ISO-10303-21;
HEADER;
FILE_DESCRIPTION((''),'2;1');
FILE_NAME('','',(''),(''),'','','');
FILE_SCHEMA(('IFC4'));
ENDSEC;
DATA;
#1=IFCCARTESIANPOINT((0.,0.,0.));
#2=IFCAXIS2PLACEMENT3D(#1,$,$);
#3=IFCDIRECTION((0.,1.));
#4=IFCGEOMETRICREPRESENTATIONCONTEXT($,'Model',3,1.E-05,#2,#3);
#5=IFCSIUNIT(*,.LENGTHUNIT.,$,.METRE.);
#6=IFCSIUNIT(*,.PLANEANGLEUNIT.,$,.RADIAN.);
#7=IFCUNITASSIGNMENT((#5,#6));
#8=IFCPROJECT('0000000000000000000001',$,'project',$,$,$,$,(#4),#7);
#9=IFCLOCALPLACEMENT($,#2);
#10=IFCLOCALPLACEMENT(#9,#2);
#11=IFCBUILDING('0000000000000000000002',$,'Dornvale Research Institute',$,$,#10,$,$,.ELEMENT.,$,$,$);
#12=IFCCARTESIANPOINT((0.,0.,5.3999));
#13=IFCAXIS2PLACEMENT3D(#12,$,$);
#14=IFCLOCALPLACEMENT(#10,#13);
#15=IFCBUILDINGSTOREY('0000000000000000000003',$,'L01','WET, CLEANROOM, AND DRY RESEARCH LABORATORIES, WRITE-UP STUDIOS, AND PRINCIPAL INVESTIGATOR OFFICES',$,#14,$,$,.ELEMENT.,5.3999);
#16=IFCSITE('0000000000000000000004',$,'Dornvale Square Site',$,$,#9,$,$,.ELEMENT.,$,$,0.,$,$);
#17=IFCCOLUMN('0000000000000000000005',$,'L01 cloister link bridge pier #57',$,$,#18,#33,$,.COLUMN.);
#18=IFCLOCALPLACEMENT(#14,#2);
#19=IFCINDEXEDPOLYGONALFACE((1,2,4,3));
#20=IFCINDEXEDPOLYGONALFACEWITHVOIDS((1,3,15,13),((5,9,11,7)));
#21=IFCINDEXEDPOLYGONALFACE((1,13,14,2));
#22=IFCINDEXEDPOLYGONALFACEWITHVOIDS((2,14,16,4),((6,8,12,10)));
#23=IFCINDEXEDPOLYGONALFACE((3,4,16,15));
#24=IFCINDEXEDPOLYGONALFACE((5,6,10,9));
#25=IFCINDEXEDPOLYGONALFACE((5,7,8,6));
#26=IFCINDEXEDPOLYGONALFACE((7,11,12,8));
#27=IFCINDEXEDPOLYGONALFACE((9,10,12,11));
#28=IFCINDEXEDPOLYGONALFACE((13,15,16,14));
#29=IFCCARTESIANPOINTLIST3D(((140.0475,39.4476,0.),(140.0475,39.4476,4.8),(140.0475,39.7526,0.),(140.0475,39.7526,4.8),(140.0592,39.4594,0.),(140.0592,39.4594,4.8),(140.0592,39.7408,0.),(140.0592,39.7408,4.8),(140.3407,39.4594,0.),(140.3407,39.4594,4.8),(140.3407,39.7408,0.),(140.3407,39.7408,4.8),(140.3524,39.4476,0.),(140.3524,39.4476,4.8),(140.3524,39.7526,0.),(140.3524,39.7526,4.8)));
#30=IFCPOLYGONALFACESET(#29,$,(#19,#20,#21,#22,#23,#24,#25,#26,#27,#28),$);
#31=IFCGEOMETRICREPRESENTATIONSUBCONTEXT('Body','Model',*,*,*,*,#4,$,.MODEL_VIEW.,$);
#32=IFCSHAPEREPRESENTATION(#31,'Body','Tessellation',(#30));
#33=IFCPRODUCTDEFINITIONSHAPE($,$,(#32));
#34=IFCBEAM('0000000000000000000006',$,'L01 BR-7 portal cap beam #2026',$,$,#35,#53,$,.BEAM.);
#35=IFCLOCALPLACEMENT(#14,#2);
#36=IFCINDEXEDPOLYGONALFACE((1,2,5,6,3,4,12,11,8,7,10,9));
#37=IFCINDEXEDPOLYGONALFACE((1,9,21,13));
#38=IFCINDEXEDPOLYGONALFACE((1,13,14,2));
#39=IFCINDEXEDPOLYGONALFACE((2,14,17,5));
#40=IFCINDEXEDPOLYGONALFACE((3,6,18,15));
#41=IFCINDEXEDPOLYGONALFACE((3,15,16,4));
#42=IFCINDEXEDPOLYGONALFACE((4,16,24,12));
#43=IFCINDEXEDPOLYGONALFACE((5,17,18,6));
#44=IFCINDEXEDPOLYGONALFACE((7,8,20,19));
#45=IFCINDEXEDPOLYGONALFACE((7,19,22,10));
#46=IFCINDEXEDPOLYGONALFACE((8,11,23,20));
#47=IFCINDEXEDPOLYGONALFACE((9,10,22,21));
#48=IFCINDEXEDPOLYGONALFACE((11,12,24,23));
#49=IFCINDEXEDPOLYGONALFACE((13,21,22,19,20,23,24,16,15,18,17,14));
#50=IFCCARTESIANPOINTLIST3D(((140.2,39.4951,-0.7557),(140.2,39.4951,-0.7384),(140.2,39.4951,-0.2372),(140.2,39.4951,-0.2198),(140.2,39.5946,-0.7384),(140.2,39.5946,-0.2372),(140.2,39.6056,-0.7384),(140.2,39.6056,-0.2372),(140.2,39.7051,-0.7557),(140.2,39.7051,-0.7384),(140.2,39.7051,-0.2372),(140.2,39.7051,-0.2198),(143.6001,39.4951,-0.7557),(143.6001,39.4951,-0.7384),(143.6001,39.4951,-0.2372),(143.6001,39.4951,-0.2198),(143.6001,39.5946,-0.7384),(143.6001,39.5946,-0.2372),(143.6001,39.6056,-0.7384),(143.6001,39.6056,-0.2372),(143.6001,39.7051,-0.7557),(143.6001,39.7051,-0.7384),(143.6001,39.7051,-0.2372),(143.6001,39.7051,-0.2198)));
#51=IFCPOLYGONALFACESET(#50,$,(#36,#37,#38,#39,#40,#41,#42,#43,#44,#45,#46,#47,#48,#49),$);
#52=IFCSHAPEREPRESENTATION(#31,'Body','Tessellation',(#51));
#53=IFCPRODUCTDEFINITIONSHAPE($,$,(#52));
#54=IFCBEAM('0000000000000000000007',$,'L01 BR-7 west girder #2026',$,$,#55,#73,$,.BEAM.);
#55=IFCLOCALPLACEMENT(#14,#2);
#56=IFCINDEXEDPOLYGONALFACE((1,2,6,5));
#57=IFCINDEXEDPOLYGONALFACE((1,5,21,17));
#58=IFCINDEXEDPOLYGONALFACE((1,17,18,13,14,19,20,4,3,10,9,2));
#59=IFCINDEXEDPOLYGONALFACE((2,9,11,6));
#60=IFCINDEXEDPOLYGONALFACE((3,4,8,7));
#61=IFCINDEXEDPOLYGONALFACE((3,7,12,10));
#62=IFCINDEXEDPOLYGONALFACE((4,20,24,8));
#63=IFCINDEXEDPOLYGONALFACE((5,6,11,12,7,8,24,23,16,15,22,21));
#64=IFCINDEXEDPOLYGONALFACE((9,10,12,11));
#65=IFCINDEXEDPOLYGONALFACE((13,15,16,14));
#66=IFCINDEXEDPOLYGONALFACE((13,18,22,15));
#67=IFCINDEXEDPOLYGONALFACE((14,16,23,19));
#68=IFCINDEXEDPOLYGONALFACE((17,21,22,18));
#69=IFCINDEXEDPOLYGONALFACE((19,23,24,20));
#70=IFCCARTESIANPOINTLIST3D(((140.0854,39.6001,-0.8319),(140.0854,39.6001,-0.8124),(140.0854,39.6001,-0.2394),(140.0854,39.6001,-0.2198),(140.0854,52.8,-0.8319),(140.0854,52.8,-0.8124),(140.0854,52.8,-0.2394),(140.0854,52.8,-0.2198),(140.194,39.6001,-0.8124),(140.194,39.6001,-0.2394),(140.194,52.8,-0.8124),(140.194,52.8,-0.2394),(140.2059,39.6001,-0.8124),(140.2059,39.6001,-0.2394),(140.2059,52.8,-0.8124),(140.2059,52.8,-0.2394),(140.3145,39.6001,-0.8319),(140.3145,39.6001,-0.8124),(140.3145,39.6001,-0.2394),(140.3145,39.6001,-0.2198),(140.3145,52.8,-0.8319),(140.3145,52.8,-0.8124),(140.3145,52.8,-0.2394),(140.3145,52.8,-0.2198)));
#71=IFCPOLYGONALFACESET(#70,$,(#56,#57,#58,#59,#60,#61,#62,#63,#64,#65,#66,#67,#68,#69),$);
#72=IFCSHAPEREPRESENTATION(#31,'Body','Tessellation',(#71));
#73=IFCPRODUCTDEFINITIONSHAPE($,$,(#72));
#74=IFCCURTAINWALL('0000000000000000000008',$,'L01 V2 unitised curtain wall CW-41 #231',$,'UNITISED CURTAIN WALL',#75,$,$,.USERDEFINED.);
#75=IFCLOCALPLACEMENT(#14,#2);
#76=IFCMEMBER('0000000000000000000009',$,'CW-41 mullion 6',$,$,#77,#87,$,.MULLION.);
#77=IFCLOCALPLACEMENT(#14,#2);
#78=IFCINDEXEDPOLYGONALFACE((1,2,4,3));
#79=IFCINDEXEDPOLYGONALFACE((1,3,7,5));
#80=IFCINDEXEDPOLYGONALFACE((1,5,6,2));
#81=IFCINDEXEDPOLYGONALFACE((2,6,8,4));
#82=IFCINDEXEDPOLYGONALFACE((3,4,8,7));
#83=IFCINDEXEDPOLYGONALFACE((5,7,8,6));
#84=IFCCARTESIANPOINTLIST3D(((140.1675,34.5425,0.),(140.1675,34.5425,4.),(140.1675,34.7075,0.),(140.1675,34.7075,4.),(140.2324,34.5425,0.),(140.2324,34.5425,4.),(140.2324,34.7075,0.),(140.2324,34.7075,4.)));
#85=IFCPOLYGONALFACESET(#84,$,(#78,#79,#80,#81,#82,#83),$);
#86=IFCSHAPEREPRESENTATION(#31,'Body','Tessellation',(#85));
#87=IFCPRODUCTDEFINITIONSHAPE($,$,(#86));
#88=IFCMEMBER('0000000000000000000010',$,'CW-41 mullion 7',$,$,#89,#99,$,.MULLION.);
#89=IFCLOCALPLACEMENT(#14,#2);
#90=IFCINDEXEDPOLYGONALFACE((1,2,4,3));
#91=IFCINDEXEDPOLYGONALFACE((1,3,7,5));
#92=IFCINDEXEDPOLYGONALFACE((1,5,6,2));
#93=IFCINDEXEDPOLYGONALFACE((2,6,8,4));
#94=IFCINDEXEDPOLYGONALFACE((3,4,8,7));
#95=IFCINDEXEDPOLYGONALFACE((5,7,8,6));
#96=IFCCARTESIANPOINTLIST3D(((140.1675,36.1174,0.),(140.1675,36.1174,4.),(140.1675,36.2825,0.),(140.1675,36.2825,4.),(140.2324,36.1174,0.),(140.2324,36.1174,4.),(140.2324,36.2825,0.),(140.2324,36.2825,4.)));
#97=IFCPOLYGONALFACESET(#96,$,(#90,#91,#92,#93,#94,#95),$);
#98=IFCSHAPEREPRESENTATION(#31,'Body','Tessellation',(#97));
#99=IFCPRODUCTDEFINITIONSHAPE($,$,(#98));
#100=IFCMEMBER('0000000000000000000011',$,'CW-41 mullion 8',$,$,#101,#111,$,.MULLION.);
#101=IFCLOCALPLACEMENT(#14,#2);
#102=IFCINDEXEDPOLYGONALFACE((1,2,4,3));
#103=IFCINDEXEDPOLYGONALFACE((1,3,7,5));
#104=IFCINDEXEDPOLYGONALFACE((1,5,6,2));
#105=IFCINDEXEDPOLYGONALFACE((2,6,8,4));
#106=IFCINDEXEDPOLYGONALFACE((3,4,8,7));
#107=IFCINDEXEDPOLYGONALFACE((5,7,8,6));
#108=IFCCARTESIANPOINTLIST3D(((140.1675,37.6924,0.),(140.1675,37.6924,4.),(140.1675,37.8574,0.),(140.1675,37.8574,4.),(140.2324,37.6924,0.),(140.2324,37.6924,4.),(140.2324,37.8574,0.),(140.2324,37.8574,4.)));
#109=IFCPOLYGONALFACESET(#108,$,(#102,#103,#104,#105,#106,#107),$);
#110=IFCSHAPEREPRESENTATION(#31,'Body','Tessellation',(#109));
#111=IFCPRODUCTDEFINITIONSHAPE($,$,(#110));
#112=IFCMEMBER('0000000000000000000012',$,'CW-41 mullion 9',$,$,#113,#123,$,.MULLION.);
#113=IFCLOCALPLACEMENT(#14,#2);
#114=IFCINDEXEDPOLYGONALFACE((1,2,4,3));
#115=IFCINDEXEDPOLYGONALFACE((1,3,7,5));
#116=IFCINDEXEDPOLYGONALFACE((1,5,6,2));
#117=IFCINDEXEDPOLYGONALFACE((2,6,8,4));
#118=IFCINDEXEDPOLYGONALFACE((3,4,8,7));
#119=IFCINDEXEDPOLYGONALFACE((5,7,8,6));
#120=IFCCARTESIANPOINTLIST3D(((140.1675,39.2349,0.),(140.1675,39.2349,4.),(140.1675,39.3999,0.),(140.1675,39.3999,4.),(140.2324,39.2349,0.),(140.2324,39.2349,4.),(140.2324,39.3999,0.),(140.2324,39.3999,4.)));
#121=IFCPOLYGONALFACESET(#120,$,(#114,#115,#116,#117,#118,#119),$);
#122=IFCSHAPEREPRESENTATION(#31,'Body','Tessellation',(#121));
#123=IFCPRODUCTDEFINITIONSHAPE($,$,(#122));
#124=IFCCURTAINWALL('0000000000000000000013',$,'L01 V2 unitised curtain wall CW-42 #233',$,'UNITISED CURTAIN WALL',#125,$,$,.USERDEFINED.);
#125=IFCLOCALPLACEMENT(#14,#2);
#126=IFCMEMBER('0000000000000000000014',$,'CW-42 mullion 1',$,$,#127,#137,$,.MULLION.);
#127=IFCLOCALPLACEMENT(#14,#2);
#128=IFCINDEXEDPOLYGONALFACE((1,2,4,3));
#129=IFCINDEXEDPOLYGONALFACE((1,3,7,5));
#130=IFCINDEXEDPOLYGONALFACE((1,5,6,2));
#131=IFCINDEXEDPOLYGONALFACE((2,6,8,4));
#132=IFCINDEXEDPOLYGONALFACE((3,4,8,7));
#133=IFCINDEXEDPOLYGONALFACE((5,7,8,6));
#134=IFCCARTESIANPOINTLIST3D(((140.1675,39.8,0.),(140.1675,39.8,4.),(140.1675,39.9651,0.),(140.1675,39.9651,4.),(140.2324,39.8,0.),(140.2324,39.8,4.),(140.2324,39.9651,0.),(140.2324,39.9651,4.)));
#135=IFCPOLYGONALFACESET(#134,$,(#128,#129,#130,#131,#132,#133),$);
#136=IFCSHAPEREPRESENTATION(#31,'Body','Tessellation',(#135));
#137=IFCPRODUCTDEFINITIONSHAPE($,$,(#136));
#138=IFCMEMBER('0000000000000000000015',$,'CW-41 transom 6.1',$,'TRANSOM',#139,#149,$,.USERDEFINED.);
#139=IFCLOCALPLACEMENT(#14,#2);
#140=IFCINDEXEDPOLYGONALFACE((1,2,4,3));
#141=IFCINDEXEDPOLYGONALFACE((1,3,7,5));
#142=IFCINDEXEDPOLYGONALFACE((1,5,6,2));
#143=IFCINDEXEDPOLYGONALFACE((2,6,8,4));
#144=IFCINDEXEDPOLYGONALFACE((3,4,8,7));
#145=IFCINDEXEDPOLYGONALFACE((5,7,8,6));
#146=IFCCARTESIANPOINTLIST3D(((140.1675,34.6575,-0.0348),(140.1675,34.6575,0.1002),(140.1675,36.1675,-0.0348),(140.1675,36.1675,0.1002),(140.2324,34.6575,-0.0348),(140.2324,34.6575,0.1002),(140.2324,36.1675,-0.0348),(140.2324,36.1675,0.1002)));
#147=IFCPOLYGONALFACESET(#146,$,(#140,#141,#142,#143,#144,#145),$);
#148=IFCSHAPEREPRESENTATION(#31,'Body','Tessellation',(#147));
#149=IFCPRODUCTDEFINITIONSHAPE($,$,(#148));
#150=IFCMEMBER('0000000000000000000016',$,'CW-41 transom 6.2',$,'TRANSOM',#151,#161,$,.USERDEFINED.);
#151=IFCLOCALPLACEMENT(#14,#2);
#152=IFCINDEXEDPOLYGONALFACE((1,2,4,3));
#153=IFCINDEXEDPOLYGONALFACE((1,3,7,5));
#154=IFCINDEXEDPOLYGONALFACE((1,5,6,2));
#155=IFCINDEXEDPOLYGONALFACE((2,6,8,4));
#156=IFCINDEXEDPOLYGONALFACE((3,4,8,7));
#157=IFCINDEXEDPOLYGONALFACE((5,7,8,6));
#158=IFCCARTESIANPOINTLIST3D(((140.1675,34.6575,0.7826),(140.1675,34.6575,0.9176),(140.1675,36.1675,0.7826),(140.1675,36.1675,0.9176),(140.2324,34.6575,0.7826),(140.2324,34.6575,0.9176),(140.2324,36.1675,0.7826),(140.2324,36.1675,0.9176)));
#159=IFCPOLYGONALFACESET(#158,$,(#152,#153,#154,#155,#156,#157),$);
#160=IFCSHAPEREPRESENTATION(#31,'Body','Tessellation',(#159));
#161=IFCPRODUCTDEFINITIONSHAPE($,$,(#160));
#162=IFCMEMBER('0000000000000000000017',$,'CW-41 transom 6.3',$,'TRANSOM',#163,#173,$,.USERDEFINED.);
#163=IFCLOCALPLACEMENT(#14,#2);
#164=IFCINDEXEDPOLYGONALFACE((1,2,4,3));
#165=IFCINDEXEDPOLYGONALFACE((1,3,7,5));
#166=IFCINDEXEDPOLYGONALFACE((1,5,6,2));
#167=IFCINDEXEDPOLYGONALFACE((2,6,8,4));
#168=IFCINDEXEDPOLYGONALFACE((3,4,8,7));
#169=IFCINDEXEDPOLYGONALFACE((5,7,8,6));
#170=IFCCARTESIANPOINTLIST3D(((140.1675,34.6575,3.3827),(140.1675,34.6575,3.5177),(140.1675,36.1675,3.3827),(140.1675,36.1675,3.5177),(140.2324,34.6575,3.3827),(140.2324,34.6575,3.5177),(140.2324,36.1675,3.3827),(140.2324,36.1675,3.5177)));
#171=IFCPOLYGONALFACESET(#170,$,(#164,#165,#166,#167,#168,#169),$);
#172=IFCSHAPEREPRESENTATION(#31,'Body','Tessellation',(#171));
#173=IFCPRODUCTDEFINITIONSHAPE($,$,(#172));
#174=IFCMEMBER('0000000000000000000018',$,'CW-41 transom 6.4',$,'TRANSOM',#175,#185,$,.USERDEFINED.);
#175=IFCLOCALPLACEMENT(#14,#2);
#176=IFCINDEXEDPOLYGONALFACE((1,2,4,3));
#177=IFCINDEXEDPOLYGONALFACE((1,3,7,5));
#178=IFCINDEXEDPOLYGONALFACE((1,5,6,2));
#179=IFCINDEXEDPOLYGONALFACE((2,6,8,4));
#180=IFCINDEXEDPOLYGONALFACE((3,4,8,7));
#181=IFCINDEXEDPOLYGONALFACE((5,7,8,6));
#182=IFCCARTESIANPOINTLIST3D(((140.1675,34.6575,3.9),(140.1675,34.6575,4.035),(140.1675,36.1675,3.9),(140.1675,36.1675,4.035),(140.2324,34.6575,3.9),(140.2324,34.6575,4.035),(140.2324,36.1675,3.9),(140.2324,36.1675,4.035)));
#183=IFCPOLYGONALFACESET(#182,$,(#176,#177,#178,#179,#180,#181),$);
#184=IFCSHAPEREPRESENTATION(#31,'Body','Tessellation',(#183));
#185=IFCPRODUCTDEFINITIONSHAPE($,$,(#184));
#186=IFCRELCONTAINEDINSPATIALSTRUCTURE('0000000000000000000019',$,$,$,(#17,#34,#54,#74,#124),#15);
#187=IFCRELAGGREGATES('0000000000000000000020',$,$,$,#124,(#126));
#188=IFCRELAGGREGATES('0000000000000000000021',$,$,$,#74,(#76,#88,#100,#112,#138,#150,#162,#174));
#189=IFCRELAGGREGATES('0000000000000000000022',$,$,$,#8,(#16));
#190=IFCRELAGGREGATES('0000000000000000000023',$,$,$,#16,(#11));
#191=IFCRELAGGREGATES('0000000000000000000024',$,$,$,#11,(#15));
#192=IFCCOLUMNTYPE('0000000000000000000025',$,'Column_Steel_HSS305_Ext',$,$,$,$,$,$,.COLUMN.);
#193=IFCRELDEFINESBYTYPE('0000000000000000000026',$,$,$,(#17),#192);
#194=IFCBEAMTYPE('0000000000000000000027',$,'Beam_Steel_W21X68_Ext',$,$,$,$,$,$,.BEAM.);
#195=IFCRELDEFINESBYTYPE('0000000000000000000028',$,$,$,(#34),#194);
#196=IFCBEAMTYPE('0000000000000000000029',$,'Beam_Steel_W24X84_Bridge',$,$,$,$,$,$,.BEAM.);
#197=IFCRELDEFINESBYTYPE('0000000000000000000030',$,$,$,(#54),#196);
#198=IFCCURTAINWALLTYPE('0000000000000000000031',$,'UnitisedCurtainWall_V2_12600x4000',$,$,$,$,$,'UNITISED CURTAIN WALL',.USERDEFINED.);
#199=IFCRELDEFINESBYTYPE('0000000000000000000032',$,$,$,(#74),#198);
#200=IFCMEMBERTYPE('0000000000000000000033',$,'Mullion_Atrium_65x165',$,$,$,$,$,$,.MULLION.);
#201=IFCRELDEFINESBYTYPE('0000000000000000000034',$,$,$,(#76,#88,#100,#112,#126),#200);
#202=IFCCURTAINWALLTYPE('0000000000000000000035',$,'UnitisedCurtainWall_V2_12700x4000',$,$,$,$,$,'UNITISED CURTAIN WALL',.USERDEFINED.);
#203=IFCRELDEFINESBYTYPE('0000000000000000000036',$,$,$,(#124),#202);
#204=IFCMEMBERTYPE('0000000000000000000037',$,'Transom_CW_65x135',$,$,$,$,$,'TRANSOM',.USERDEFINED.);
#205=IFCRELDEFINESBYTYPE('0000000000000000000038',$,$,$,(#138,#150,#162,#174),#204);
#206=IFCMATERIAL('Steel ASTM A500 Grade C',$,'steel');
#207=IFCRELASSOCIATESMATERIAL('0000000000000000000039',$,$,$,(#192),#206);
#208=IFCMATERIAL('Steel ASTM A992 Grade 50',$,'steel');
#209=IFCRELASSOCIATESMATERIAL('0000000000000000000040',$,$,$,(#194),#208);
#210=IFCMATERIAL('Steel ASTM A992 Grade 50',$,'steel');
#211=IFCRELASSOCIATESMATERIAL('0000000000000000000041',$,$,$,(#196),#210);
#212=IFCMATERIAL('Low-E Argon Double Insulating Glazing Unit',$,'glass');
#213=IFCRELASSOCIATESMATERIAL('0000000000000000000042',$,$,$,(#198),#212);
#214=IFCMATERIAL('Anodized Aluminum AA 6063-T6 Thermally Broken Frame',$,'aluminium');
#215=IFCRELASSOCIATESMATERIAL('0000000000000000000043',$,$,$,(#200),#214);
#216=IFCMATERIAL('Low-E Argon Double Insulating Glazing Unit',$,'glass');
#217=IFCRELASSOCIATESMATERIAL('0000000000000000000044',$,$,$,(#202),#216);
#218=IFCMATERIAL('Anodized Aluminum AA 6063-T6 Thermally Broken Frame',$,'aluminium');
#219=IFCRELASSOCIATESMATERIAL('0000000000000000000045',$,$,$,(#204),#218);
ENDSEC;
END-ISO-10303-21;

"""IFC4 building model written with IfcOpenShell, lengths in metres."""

from ifc_helpers import new_model, si_unit, direction, frame, origin, origin_2d, place, context, subcontext, project, spatial, rectangle, hollow_rectangle, i_section, extrude, material, material_profile, profile_set, type_object, element, aggregate, save


model = new_model("IFC4")

# Units and contexts
model_context = context("Model", 3, precision=1e-05, world=origin(), true_north=direction((0.0, 1.0)))
body_context = subcontext(model_context, "Body", "Model", "MODEL_VIEW")
ifc_project = project(units=[si_unit("LENGTHUNIT", "METRE"), si_unit("PLANEANGLEUNIT", "RADIAN")], contexts=[model_context])

# Site, building, storey
site_placement = place(None, origin())
site = spatial("IfcSite", under=ifc_project, at=site_placement, Name="Dornvale Square Site", CompositionType="ELEMENT", RefElevation=0.0)
building_placement = place(site_placement, origin())
building = spatial("IfcBuilding", under=site, at=building_placement, Name="Dornvale Research Institute", CompositionType="ELEMENT")
storey_placement = place(building_placement, frame((0.0, 0.0, 5.3999)))
storey = spatial("IfcBuildingStorey", under=building, at=storey_placement, Name="L01", Description="WET, CLEANROOM, AND DRY RESEARCH LABORATORIES, WRITE-UP STUDIOS, AND PRINCIPAL INVESTIGATOR OFFICES", CompositionType="ELEMENT", Elevation=5.3999)

# Column
ifc_material_1 = material(Name="Steel ASTM A500 Grade C", Category="steel")
ifc_material_profile_1 = material_profile(ifc_material_1, hollow_rectangle(XDim=0.3049, YDim=0.3049, WallThickness=0.0117, at=origin_2d()), Name="HSS305X305X12.7")
ifc_profile_set_1 = profile_set([ifc_material_profile_1], Name="Steel ASTM A500 Grade C")
column_type = type_object("IfcColumnType", Name="Column_Steel_HSS305_Ext", PredefinedType="COLUMN", material=ifc_profile_set_1)
column_placement = place(storey_placement, frame((140.2, 39.6001, 0.0), z_axis=(0.0, 0.0, 1.0), x_axis=(1.0, 0.0, 0.0)))
element("IfcColumn", 1, at=column_placement, inside=storey, type_object=column_type, Name="L01 cloister link bridge pier #57", PredefinedType="COLUMN", context=body_context, shape_type="SweptSolid", body=[
    extrude(hollow_rectangle(XDim=0.3049, YDim=0.3049, WallThickness=0.0117, at=origin_2d()), origin(), (0.0, 0.0, 1.0), 4.8),
])

# Beams
ifc_material_2 = material(Name="Steel ASTM A992 Grade 50", Category="steel")
ifc_material_profile_2 = material_profile(ifc_material_2, i_section(OverallWidth=0.21, OverallDepth=0.5359, WebThickness=0.011, FlangeThickness=0.0173, at=origin_2d()), Name="W21X68")
ifc_profile_set_2 = profile_set([ifc_material_profile_2], Name="Steel ASTM A992 Grade 50")
beam_type_1 = type_object("IfcBeamType", Name="Beam_Steel_W21X68_Ext", PredefinedType="BEAM", material=ifc_profile_set_2)
beam_1_placement = place(storey_placement, frame((140.2, 39.6001, -0.4878), z_axis=(1.0, 0.0, 0.0), x_axis=(0.0, 1.0, 0.0)))
element("IfcBeam", 2, at=beam_1_placement, inside=storey, type_object=beam_type_1, Name="L01 BR-7 portal cap beam #2026", PredefinedType="BEAM", context=body_context, shape_type="SweptSolid", body=[
    extrude(i_section(OverallWidth=0.21, OverallDepth=0.5359, WebThickness=0.011, FlangeThickness=0.0173, at=origin_2d()), origin(), (0.0, 0.0, 1.0), 3.4001),
])
ifc_material_3 = material(Name="Steel ASTM A992 Grade 50", Category="steel")
ifc_material_profile_3 = material_profile(ifc_material_3, i_section(OverallWidth=0.229, OverallDepth=0.6121, WebThickness=0.012, FlangeThickness=0.0195, at=origin_2d()), Name="W24X84")
ifc_profile_set_3 = profile_set([ifc_material_profile_3], Name="Steel ASTM A992 Grade 50")
beam_type_2 = type_object("IfcBeamType", Name="Beam_Steel_W24X84_Bridge", PredefinedType="BEAM", material=ifc_profile_set_3)
beam_2_placement = place(storey_placement, frame((140.2, 39.6001, -0.5259), z_axis=(0.0, 1.0, 0.0), x_axis=(-1.0, 0.0, 0.0)))
element("IfcBeam", 3, at=beam_2_placement, inside=storey, type_object=beam_type_2, Name="L01 BR-7 west girder #2026", PredefinedType="BEAM", context=body_context, shape_type="SweptSolid", body=[
    extrude(i_section(OverallWidth=0.229, OverallDepth=0.6121, WebThickness=0.012, FlangeThickness=0.0195, at=origin_2d()), origin(), (0.0, 0.0, 1.0), 13.2),
])

# Curtain wall, members
ifc_material_4 = material(Name="Low-E Argon Double Insulating Glazing Unit", Category="glass")
curtain_wall_type_1 = type_object("IfcCurtainWallType", Name="UnitisedCurtainWall_V2_12600x4000", ElementType="UNITISED CURTAIN WALL", PredefinedType="USERDEFINED", material=ifc_material_4)
curtain_wall_1_placement = place(storey_placement, origin())
curtain_wall_1 = element("IfcCurtainWall", 4, at=curtain_wall_1_placement, inside=storey, type_object=curtain_wall_type_1, Name="L01 V2 unitised curtain wall CW-41 #231", ObjectType="UNITISED CURTAIN WALL", PredefinedType="USERDEFINED")
ifc_material_5 = material(Name="Anodized Aluminum AA 6063-T6 Thermally Broken Frame", Category="aluminium")
ifc_material_profile_4 = material_profile(ifc_material_5, rectangle(XDim=0.0649, YDim=0.165, at=origin_2d()), Name="ALU MULLION 65x165")
ifc_profile_set_4 = profile_set([ifc_material_profile_4], Name="Anodized Aluminum AA 6063-T6 Thermally Broken Frame")
member_type_1 = type_object("IfcMemberType", Name="Mullion_Atrium_65x165", PredefinedType="MULLION", material=ifc_profile_set_4)
member_1_placement = place(storey_placement, frame((140.2, 34.625, 0.0), z_axis=(0.0, 0.0, 1.0), x_axis=(-1.0, 0.0, 0.0)))
member_1 = element("IfcMember", 5, at=member_1_placement, type_object=member_type_1, Name="CW-41 mullion 6", PredefinedType="MULLION", context=body_context, shape_type="SweptSolid", body=[
    extrude(rectangle(XDim=0.0649, YDim=0.165, at=origin_2d()), origin(), (0.0, 0.0, 1.0), 4.0),
])
member_2_placement = place(storey_placement, frame((140.2, 36.2, 0.0), z_axis=(0.0, 0.0, 1.0), x_axis=(-1.0, 0.0, 0.0)))
member_2 = element("IfcMember", 6, at=member_2_placement, type_object=member_type_1, Name="CW-41 mullion 7", PredefinedType="MULLION", context=body_context, shape_type="SweptSolid", body=[
    extrude(rectangle(XDim=0.0649, YDim=0.165, at=origin_2d()), origin(), (0.0, 0.0, 1.0), 4.0),
])
member_3_placement = place(storey_placement, frame((140.2, 37.7749, 0.0), z_axis=(0.0, 0.0, 1.0), x_axis=(-1.0, 0.0, 0.0)))
member_3 = element("IfcMember", 7, at=member_3_placement, type_object=member_type_1, Name="CW-41 mullion 8", PredefinedType="MULLION", context=body_context, shape_type="SweptSolid", body=[
    extrude(rectangle(XDim=0.0649, YDim=0.165, at=origin_2d()), origin(), (0.0, 0.0, 1.0), 4.0),
])
member_4_placement = place(storey_placement, frame((140.2, 39.3174, 0.0), z_axis=(0.0, 0.0, 1.0), x_axis=(-1.0, 0.0, 0.0)))
member_4 = element("IfcMember", 8, at=member_4_placement, type_object=member_type_1, Name="CW-41 mullion 9", PredefinedType="MULLION", context=body_context, shape_type="SweptSolid", body=[
    extrude(rectangle(XDim=0.0649, YDim=0.165, at=origin_2d()), origin(), (0.0, 0.0, 1.0), 4.0),
])

# Curtain wall, member
ifc_material_6 = material(Name="Low-E Argon Double Insulating Glazing Unit", Category="glass")
curtain_wall_type_2 = type_object("IfcCurtainWallType", Name="UnitisedCurtainWall_V2_12700x4000", ElementType="UNITISED CURTAIN WALL", PredefinedType="USERDEFINED", material=ifc_material_6)
curtain_wall_2_placement = place(storey_placement, origin())
curtain_wall_2 = element("IfcCurtainWall", 9, at=curtain_wall_2_placement, inside=storey, type_object=curtain_wall_type_2, Name="L01 V2 unitised curtain wall CW-42 #233", ObjectType="UNITISED CURTAIN WALL", PredefinedType="USERDEFINED")
member_5_placement = place(storey_placement, frame((140.2, 39.8826, 0.0), z_axis=(0.0, 0.0, 1.0), x_axis=(-1.0, 0.0, 0.0)))
member_5 = element("IfcMember", 10, at=member_5_placement, type_object=member_type_1, Name="CW-42 mullion 1", PredefinedType="MULLION", context=body_context, shape_type="SweptSolid", body=[
    extrude(rectangle(XDim=0.0649, YDim=0.165, at=origin_2d()), origin(), (0.0, 0.0, 1.0), 4.0),
])

# Members
ifc_material_7 = material(Name="Anodized Aluminum AA 6063-T6 Thermally Broken Frame", Category="aluminium")
ifc_material_profile_5 = material_profile(ifc_material_7, rectangle(XDim=0.0649, YDim=0.135, at=origin_2d()), Name="ALU TRANSOM 65x135")
ifc_profile_set_5 = profile_set([ifc_material_profile_5], Name="Anodized Aluminum AA 6063-T6 Thermally Broken Frame")
member_type_2 = type_object("IfcMemberType", Name="Transom_CW_65x135", ElementType="TRANSOM", PredefinedType="USERDEFINED", material=ifc_profile_set_5)
member_6_placement = place(storey_placement, frame((140.2, 34.6575, 0.0327), z_axis=(0.0, 1.0, 0.0), x_axis=(-1.0, 0.0, 0.0)))
member_6 = element("IfcMember", 11, at=member_6_placement, type_object=member_type_2, Name="CW-41 transom 6.1", ObjectType="TRANSOM", PredefinedType="USERDEFINED", context=body_context, shape_type="SweptSolid", body=[
    extrude(rectangle(XDim=0.0649, YDim=0.135, at=origin_2d()), origin(), (0.0, 0.0, 1.0), 1.51),
])
member_7_placement = place(storey_placement, frame((140.2, 34.6575, 0.8501), z_axis=(0.0, 1.0, 0.0), x_axis=(-1.0, 0.0, 0.0)))
member_7 = element("IfcMember", 12, at=member_7_placement, type_object=member_type_2, Name="CW-41 transom 6.2", ObjectType="TRANSOM", PredefinedType="USERDEFINED", context=body_context, shape_type="SweptSolid", body=[
    extrude(rectangle(XDim=0.0649, YDim=0.135, at=origin_2d()), origin(), (0.0, 0.0, 1.0), 1.51),
])
member_8_placement = place(storey_placement, frame((140.2, 34.6575, 3.4502), z_axis=(0.0, 1.0, 0.0), x_axis=(-1.0, 0.0, 0.0)))
member_8 = element("IfcMember", 13, at=member_8_placement, type_object=member_type_2, Name="CW-41 transom 6.3", ObjectType="TRANSOM", PredefinedType="USERDEFINED", context=body_context, shape_type="SweptSolid", body=[
    extrude(rectangle(XDim=0.0649, YDim=0.135, at=origin_2d()), origin(), (0.0, 0.0, 1.0), 1.51),
])
member_9_placement = place(storey_placement, frame((140.2, 34.6575, 3.9675), z_axis=(0.0, 1.0, 0.0), x_axis=(-1.0, 0.0, 0.0)))
member_9 = element("IfcMember", 14, at=member_9_placement, type_object=member_type_2, Name="CW-41 transom 6.4", ObjectType="TRANSOM", PredefinedType="USERDEFINED", context=body_context, shape_type="SweptSolid", body=[
    extrude(rectangle(XDim=0.0649, YDim=0.135, at=origin_2d()), origin(), (0.0, 0.0, 1.0), 1.51),
])

aggregate(curtain_wall_2, [member_5])
aggregate(curtain_wall_1, [member_1, member_2, member_3, member_4, member_6, member_7, member_8, member_9])

save(model, "model.ifc")
